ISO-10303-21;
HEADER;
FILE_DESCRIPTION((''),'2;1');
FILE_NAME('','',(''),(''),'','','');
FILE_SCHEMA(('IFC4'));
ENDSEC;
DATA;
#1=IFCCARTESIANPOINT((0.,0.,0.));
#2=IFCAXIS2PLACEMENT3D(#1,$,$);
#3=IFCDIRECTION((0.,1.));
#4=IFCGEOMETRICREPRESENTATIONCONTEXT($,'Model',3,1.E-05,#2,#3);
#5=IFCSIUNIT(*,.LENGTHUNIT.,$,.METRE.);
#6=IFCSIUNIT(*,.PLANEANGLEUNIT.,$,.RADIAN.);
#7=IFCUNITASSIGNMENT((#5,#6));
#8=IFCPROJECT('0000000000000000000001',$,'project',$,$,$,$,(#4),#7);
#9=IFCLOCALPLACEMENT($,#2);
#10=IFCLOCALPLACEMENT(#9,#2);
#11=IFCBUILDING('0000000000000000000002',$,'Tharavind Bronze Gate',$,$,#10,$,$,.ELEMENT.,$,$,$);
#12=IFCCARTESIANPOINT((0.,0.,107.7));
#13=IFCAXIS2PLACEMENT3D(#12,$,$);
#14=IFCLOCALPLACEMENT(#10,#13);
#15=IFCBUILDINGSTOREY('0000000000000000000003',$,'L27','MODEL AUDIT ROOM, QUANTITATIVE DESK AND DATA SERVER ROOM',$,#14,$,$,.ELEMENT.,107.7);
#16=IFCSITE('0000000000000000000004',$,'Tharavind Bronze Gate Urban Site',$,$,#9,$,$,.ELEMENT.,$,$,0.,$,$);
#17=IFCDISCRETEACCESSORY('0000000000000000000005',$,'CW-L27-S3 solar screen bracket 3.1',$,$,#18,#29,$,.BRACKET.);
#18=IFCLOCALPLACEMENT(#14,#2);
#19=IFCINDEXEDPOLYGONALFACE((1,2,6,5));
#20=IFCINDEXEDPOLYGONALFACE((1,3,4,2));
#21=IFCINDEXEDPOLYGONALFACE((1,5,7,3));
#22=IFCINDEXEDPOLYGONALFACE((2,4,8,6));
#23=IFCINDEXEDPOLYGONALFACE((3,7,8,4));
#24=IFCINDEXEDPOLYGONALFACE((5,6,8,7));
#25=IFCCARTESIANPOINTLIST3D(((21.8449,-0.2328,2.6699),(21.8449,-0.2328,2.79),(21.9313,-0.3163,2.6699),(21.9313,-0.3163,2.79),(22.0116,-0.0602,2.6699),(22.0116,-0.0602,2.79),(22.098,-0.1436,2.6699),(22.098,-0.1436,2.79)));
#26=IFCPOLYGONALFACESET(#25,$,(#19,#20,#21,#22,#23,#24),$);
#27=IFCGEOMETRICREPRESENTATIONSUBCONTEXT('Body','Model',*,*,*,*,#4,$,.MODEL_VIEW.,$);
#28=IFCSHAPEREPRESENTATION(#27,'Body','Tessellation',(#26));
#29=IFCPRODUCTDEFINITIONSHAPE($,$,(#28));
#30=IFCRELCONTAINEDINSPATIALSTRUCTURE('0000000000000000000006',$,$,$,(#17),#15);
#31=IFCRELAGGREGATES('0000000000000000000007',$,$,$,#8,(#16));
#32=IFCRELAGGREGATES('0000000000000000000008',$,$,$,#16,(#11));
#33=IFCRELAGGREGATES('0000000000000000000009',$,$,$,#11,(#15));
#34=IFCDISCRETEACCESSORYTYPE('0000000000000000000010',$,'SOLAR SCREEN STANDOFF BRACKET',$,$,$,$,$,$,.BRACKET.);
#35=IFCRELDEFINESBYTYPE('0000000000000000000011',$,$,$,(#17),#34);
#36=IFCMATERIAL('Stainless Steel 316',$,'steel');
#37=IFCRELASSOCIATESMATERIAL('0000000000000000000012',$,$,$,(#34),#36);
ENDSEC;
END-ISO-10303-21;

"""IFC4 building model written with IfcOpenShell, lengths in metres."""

from ifc_helpers import new_model, si_unit, direction, frame, origin, origin_2d, place, context, subcontext, project, spatial, rectangle, extrude, material, type_object, element, save


model = new_model("IFC4")

# Units and contexts
model_context = context("Model", 3, precision=1e-05, world=origin(), true_north=direction((0.0, 1.0)))
body_context = subcontext(model_context, "Body", "Model", "MODEL_VIEW")
ifc_project = project(units=[si_unit("LENGTHUNIT", "METRE"), si_unit("PLANEANGLEUNIT", "RADIAN")], contexts=[model_context])

# Site, building, storey
site_placement = place(None, origin())
site = spatial("IfcSite", under=ifc_project, at=site_placement, Name="Tharavind Bronze Gate Urban Site", CompositionType="ELEMENT", RefElevation=0.0)
building_placement = place(site_placement, origin())
building = spatial("IfcBuilding", under=site, at=building_placement, Name="Tharavind Bronze Gate", CompositionType="ELEMENT")
storey_placement = place(building_placement, frame((0.0, 0.0, 107.7)))
storey = spatial("IfcBuildingStorey", under=building, at=storey_placement, Name="L27", Description="MODEL AUDIT ROOM, QUANTITATIVE DESK AND DATA SERVER ROOM", CompositionType="ELEMENT", Elevation=107.7)

# Discrete accessory
ifc_material_1 = material(Name="Stainless Steel 316", Category="steel")
discrete_accessory_type_1 = type_object("IfcDiscreteAccessoryType", Name="SOLAR SCREEN STANDOFF BRACKET", PredefinedType="BRACKET", material=ifc_material_1)
discrete_accessory_1_placement = place(storey_placement, frame((21.9714, -0.1882, 2.6699), z_axis=(0.0, 0.0, 1.0), x_axis=(-0.719341, 0.694657, 0.0)))
element("IfcDiscreteAccessory", 1, at=discrete_accessory_1_placement, inside=storey, type_object=discrete_accessory_type_1, Name="CW-L27-S3 solar screen bracket 3.1", PredefinedType="BRACKET", context=body_context, shape_type="SweptSolid", body=[
    extrude(rectangle(XDim=0.1201, YDim=0.24, at=origin_2d()), origin(), (0.0, 0.0, 1.0), 0.1201),
])

save(model, "model.ifc")
